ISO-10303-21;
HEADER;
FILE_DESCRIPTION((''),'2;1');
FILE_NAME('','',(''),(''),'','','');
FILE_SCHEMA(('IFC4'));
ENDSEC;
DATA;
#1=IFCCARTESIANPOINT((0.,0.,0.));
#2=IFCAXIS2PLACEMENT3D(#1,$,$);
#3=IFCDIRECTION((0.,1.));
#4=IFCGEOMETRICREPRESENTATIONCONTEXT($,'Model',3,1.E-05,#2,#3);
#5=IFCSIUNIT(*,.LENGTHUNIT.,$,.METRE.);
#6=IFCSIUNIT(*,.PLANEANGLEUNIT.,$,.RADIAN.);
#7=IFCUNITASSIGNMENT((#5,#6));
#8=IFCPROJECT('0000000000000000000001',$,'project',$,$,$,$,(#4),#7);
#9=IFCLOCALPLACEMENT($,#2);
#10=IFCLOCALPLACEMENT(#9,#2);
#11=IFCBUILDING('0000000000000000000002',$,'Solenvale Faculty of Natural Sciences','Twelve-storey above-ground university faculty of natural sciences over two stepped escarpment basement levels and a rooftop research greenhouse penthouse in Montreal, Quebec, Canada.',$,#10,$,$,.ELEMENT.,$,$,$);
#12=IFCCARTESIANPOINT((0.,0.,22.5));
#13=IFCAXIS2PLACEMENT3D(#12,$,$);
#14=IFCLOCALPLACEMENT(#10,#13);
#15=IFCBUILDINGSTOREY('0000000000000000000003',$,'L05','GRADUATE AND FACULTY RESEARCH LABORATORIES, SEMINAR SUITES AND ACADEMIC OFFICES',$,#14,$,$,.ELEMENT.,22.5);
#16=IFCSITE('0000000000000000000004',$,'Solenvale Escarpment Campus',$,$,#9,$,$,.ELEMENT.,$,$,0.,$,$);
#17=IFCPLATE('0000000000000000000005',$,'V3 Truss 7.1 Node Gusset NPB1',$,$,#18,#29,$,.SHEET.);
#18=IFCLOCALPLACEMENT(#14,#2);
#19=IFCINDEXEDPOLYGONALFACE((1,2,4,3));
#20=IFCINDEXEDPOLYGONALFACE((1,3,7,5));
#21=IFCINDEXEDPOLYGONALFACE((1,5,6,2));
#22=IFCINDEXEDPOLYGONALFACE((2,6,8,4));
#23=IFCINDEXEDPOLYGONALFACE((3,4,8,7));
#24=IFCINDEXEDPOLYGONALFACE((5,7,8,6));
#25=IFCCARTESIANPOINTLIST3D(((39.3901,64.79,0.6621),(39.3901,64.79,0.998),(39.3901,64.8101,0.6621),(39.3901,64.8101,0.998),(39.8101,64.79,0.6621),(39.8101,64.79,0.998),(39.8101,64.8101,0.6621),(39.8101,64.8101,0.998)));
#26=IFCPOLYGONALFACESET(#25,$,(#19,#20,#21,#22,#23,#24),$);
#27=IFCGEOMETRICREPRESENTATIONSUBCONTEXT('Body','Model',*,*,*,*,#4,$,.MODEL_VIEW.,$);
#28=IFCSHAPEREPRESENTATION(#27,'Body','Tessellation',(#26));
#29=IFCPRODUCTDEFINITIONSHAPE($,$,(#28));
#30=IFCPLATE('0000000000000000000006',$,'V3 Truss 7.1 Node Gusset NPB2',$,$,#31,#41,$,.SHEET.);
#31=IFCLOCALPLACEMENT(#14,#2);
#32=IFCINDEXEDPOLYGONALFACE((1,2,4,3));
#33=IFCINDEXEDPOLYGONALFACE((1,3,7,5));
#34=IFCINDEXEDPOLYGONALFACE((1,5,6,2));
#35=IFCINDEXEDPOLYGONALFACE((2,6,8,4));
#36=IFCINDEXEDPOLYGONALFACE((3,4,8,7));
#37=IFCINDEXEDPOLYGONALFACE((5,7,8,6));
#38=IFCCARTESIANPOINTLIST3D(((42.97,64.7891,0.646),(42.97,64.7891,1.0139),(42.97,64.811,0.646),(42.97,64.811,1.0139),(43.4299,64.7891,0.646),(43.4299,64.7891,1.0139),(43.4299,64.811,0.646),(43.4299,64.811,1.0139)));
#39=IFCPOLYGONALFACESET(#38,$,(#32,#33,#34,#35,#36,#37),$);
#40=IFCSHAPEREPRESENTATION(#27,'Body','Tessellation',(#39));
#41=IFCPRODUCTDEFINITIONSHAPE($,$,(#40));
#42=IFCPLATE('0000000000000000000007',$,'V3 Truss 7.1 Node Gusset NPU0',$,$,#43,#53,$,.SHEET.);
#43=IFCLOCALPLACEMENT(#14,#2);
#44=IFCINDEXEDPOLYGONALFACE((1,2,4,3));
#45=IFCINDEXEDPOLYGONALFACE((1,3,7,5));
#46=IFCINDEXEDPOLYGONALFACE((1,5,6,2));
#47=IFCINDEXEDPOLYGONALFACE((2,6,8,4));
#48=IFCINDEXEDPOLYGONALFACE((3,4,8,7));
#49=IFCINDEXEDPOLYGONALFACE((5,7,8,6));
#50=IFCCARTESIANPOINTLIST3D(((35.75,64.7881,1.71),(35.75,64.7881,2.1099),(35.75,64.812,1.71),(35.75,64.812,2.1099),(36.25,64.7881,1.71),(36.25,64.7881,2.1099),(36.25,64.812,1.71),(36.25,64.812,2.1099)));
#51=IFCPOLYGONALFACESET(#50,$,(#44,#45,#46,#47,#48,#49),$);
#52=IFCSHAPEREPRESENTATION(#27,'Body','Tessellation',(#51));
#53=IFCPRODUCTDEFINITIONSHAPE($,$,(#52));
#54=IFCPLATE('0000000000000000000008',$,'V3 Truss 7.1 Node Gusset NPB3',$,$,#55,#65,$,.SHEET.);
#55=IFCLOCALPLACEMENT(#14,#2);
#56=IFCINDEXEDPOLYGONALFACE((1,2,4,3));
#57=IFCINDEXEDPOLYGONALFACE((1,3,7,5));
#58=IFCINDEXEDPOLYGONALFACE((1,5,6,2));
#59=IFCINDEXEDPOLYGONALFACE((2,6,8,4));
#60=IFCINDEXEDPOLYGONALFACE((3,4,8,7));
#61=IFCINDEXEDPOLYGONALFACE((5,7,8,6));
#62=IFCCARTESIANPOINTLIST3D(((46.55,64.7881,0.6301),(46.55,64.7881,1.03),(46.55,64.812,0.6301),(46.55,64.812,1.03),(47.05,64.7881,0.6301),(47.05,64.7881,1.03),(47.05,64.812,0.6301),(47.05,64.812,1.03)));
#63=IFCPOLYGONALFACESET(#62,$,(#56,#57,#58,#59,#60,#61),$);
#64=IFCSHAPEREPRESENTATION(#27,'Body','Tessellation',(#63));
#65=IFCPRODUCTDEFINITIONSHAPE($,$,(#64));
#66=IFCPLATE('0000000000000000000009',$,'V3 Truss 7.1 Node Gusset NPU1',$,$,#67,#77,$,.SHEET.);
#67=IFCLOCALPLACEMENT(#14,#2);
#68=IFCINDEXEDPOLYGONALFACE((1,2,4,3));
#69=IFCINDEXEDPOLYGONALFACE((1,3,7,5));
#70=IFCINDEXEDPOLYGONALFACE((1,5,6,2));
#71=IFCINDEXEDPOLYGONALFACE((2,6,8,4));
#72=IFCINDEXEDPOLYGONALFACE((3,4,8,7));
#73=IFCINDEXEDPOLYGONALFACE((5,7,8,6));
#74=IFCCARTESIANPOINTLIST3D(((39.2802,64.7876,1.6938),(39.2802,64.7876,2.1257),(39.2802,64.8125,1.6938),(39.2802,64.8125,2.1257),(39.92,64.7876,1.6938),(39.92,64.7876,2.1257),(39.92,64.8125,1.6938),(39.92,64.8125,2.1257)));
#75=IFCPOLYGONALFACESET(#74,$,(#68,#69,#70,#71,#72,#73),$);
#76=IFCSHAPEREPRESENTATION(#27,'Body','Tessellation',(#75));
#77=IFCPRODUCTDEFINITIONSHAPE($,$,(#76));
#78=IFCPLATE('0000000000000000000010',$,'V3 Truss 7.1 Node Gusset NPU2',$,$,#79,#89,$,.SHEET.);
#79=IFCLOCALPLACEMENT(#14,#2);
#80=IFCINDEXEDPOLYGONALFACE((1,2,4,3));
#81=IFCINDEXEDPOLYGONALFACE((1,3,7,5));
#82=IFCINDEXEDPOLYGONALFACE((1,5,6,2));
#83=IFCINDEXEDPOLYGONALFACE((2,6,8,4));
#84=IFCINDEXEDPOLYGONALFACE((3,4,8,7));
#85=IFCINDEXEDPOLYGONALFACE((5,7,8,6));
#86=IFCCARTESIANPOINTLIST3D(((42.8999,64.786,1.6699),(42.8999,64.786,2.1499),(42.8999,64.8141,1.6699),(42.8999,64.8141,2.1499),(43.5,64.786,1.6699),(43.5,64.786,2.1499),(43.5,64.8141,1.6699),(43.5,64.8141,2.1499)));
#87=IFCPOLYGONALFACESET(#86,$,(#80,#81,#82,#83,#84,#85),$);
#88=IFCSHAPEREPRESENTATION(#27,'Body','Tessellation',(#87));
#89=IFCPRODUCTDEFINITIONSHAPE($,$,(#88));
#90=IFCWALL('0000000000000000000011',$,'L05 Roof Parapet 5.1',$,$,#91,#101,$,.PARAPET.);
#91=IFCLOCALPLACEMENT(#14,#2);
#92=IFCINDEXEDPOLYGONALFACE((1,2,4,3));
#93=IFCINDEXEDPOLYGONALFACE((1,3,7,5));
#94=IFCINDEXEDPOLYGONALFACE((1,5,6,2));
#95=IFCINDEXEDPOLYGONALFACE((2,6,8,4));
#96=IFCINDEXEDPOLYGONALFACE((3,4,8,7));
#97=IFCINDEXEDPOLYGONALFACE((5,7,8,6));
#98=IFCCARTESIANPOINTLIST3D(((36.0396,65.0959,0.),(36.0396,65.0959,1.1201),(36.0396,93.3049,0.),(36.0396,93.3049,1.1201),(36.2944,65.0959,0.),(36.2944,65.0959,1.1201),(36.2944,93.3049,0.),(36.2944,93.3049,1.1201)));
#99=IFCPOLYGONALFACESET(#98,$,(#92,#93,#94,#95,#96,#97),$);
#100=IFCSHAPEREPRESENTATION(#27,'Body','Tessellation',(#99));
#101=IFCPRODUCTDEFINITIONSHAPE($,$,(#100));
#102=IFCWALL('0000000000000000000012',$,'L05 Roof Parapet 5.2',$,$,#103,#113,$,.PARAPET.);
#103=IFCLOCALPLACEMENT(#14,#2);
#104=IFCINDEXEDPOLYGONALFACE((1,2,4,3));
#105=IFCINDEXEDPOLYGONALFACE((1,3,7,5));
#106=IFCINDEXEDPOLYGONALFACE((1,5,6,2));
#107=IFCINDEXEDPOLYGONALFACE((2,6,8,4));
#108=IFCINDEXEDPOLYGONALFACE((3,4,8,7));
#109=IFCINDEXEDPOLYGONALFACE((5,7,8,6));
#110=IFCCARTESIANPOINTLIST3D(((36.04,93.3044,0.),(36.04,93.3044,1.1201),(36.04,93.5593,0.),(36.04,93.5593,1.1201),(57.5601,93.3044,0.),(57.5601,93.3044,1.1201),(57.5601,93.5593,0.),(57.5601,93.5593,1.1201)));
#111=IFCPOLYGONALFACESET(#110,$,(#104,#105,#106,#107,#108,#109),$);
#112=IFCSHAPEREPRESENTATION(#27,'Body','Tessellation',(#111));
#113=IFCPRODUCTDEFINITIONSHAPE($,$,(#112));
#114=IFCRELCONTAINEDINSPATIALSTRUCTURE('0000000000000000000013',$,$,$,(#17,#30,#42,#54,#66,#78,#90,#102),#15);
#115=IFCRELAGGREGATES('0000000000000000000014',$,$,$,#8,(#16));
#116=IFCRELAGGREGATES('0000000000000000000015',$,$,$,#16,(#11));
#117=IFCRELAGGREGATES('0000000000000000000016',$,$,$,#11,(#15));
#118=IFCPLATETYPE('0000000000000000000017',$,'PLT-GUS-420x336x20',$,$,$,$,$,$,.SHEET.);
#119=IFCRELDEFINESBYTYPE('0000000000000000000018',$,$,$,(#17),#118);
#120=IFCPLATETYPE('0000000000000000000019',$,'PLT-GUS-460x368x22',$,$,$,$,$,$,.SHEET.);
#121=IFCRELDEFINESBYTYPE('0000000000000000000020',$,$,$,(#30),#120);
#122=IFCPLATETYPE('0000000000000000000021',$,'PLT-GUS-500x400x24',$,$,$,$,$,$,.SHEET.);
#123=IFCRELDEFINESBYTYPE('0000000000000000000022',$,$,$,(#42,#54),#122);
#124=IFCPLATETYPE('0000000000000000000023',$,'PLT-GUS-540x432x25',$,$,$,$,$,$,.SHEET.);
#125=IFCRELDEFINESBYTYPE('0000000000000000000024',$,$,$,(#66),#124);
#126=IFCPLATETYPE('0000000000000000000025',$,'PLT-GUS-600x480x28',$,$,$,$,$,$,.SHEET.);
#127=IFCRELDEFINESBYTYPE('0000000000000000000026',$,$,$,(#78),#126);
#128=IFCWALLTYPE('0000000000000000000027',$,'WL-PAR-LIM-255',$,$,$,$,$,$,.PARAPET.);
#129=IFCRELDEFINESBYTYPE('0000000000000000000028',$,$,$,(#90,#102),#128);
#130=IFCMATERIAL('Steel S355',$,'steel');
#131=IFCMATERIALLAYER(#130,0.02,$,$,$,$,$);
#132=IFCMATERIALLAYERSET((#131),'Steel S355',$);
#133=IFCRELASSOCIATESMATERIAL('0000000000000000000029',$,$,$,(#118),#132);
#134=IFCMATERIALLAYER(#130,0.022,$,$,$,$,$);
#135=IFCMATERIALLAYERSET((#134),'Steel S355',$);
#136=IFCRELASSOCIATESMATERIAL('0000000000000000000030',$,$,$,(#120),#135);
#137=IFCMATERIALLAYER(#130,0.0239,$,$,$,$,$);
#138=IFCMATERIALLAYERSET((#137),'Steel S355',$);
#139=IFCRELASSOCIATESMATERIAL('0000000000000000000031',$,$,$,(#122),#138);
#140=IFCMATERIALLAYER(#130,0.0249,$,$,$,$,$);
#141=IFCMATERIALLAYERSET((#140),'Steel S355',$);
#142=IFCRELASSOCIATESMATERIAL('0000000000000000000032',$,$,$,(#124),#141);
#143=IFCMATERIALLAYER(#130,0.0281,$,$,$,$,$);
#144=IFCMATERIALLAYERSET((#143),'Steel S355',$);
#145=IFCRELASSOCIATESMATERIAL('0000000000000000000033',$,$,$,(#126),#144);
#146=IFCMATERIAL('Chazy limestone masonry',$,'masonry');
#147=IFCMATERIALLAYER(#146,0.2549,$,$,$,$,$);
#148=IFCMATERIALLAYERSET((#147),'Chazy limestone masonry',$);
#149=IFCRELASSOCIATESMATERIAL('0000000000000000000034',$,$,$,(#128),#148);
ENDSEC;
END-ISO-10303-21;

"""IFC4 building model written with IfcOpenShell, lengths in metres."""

from ifc_helpers import new_model, si_unit, direction, frame, frame_2d, origin, origin_2d, place, context, subcontext, project, spatial, rectangle, extrude, material, layer, layer_set, type_object, element, save


model = new_model("IFC4")

# Units and contexts
model_context = context("Model", 3, precision=1e-05, world=origin(), true_north=direction((0.0, 1.0)))
body_context = subcontext(model_context, "Body", "Model", "MODEL_VIEW")
ifc_project = project(units=[si_unit("LENGTHUNIT", "METRE"), si_unit("PLANEANGLEUNIT", "RADIAN")], contexts=[model_context])

# Site, building, storey
site_placement = place(None, origin())
site = spatial("IfcSite", under=ifc_project, at=site_placement, Name="Solenvale Escarpment Campus", CompositionType="ELEMENT", RefElevation=0.0)
building_placement = place(site_placement, origin())
building = spatial("IfcBuilding", under=site, at=building_placement, Name="Solenvale Faculty of Natural Sciences", Description="Twelve-storey above-ground university faculty of natural sciences over two stepped escarpment basement levels and a rooftop research greenhouse penthouse in Montreal, Quebec, Canada.", CompositionType="ELEMENT")
storey_placement = place(building_placement, frame((0.0, 0.0, 22.5)))
storey = spatial("IfcBuildingStorey", under=building, at=storey_placement, Name="L05", Description="GRADUATE AND FACULTY RESEARCH LABORATORIES, SEMINAR SUITES AND ACADEMIC OFFICES", CompositionType="ELEMENT", Elevation=22.5)

# Shared definitions
ifc_material_1 = material(Name="Steel S355", Category="steel")

# Plates
ifc_layer_1 = layer(ifc_material_1, 0.02)
ifc_layer_set_1 = layer_set([ifc_layer_1], Name="Steel S355")
plate_type_1 = type_object("IfcPlateType", Name="PLT-GUS-420x336x20", PredefinedType="SHEET", material=ifc_layer_set_1)
plate_1_placement = place(storey_placement, frame((39.6001, 64.8, 0.6621), z_axis=(0.0, 0.0, 1.0), x_axis=(1.0, 0.0, 0.0)))
element("IfcPlate", 1, at=plate_1_placement, inside=storey, type_object=plate_type_1, Name="V3 Truss 7.1 Node Gusset NPB1", PredefinedType="SHEET", context=body_context, shape_type="SweptSolid", body=[
    extrude(rectangle(XDim=0.4199, YDim=0.02, at=origin_2d()), origin(), (0.0, 0.0, 1.0), 0.3359),
])
ifc_layer_2 = layer(ifc_material_1, 0.022)
ifc_layer_set_2 = layer_set([ifc_layer_2], Name="Steel S355")
plate_type_2 = type_object("IfcPlateType", Name="PLT-GUS-460x368x22", PredefinedType="SHEET", material=ifc_layer_set_2)
plate_2_placement = place(storey_placement, frame((43.2, 64.8, 0.646), z_axis=(0.0, 0.0, 1.0), x_axis=(1.0, 0.0, 0.0)))
element("IfcPlate", 2, at=plate_2_placement, inside=storey, type_object=plate_type_2, Name="V3 Truss 7.1 Node Gusset NPB2", PredefinedType="SHEET", context=body_context, shape_type="SweptSolid", body=[
    extrude(rectangle(XDim=0.46, YDim=0.022, at=origin_2d()), origin(), (0.0, 0.0, 1.0), 0.3679),
])
ifc_layer_3 = layer(ifc_material_1, 0.0239)
ifc_layer_set_3 = layer_set([ifc_layer_3], Name="Steel S355")
plate_type_3 = type_object("IfcPlateType", Name="PLT-GUS-500x400x24", PredefinedType="SHEET", material=ifc_layer_set_3)
for number, where, z_axis, x_axis, name in (
    (3, (36.0, 64.8, 1.71), (0.0, 0.0, 1.0), (1.0, 0.0, 0.0), "V3 Truss 7.1 Node Gusset NPU0"),
    (4, (46.8, 64.8, 0.6301), (0.0, 0.0, 1.0), (1.0, 0.0, 0.0), "V3 Truss 7.1 Node Gusset NPB3"),
):
    element("IfcPlate", number, at=place(storey_placement, frame(where, z_axis=z_axis, x_axis=x_axis)), inside=storey, type_object=plate_type_3, Name=name, PredefinedType="SHEET", context=body_context, shape_type="SweptSolid", body=[
        extrude(rectangle(XDim=0.5, YDim=0.0239, at=origin_2d()), origin(), (0.0, 0.0, 1.0), 0.3999),
    ])
ifc_layer_4 = layer(ifc_material_1, 0.0249)
ifc_layer_set_4 = layer_set([ifc_layer_4], Name="Steel S355")
plate_type_4 = type_object("IfcPlateType", Name="PLT-GUS-540x432x25", PredefinedType="SHEET", material=ifc_layer_set_4)
plate_3_placement = place(storey_placement, frame((39.6001, 64.8, 1.6938), z_axis=(0.0, 0.0, 1.0), x_axis=(1.0, 0.0, 0.0)))
element("IfcPlate", 5, at=plate_3_placement, inside=storey, type_object=plate_type_4, Name="V3 Truss 7.1 Node Gusset NPU1", PredefinedType="SHEET", context=body_context, shape_type="SweptSolid", body=[
    extrude(rectangle(XDim=0.6399, YDim=0.0249, at=origin_2d()), origin(), (0.0, 0.0, 1.0), 0.4319),
])
ifc_layer_5 = layer(ifc_material_1, 0.0281)
ifc_layer_set_5 = layer_set([ifc_layer_5], Name="Steel S355")
plate_type_5 = type_object("IfcPlateType", Name="PLT-GUS-600x480x28", PredefinedType="SHEET", material=ifc_layer_set_5)
plate_4_placement = place(storey_placement, frame((43.2, 64.8, 1.6699), z_axis=(0.0, 0.0, 1.0), x_axis=(1.0, 0.0, 0.0)))
element("IfcPlate", 6, at=plate_4_placement, inside=storey, type_object=plate_type_5, Name="V3 Truss 7.1 Node Gusset NPU2", PredefinedType="SHEET", context=body_context, shape_type="SweptSolid", body=[
    extrude(rectangle(XDim=0.6001, YDim=0.0281, at=origin_2d()), origin(), (0.0, 0.0, 1.0), 0.48),
])

# Walls
ifc_material_2 = material(Name="Chazy limestone masonry", Category="masonry")
ifc_layer_6 = layer(ifc_material_2, 0.2549)
ifc_layer_set_6 = layer_set([ifc_layer_6], Name="Chazy limestone masonry")
wall_type = type_object("IfcWallType", Name="WL-PAR-LIM-255", PredefinedType="PARAPET", material=ifc_layer_set_6)
wall_1_placement = place(storey_placement, frame((36.167, 65.0959, 0.0), z_axis=(0.0, 0.0, 1.0), x_axis=(0.0, 1.0, 0.0)))
element("IfcWall", 7, at=wall_1_placement, inside=storey, type_object=wall_type, Name="L05 Roof Parapet 5.1", PredefinedType="PARAPET", context=body_context, shape_type="SweptSolid", body=[
    extrude(rectangle(XDim=28.209, YDim=0.2549, at=frame_2d((14.1045, 0.0))), origin(), (0.0, 0.0, 1.0), 1.1201),
])
wall_2_placement = place(storey_placement, frame((36.04, 93.4319, 0.0), z_axis=(0.0, 0.0, 1.0), x_axis=(1.0, 0.0, 0.0)))
element("IfcWall", 8, at=wall_2_placement, inside=storey, type_object=wall_type, Name="L05 Roof Parapet 5.2", PredefinedType="PARAPET", context=body_context, shape_type="SweptSolid", body=[
    extrude(rectangle(XDim=21.52, YDim=0.2549, at=frame_2d((10.76, 0.0))), origin(), (0.0, 0.0, 1.0), 1.1201),
])

save(model, "model.ifc")
